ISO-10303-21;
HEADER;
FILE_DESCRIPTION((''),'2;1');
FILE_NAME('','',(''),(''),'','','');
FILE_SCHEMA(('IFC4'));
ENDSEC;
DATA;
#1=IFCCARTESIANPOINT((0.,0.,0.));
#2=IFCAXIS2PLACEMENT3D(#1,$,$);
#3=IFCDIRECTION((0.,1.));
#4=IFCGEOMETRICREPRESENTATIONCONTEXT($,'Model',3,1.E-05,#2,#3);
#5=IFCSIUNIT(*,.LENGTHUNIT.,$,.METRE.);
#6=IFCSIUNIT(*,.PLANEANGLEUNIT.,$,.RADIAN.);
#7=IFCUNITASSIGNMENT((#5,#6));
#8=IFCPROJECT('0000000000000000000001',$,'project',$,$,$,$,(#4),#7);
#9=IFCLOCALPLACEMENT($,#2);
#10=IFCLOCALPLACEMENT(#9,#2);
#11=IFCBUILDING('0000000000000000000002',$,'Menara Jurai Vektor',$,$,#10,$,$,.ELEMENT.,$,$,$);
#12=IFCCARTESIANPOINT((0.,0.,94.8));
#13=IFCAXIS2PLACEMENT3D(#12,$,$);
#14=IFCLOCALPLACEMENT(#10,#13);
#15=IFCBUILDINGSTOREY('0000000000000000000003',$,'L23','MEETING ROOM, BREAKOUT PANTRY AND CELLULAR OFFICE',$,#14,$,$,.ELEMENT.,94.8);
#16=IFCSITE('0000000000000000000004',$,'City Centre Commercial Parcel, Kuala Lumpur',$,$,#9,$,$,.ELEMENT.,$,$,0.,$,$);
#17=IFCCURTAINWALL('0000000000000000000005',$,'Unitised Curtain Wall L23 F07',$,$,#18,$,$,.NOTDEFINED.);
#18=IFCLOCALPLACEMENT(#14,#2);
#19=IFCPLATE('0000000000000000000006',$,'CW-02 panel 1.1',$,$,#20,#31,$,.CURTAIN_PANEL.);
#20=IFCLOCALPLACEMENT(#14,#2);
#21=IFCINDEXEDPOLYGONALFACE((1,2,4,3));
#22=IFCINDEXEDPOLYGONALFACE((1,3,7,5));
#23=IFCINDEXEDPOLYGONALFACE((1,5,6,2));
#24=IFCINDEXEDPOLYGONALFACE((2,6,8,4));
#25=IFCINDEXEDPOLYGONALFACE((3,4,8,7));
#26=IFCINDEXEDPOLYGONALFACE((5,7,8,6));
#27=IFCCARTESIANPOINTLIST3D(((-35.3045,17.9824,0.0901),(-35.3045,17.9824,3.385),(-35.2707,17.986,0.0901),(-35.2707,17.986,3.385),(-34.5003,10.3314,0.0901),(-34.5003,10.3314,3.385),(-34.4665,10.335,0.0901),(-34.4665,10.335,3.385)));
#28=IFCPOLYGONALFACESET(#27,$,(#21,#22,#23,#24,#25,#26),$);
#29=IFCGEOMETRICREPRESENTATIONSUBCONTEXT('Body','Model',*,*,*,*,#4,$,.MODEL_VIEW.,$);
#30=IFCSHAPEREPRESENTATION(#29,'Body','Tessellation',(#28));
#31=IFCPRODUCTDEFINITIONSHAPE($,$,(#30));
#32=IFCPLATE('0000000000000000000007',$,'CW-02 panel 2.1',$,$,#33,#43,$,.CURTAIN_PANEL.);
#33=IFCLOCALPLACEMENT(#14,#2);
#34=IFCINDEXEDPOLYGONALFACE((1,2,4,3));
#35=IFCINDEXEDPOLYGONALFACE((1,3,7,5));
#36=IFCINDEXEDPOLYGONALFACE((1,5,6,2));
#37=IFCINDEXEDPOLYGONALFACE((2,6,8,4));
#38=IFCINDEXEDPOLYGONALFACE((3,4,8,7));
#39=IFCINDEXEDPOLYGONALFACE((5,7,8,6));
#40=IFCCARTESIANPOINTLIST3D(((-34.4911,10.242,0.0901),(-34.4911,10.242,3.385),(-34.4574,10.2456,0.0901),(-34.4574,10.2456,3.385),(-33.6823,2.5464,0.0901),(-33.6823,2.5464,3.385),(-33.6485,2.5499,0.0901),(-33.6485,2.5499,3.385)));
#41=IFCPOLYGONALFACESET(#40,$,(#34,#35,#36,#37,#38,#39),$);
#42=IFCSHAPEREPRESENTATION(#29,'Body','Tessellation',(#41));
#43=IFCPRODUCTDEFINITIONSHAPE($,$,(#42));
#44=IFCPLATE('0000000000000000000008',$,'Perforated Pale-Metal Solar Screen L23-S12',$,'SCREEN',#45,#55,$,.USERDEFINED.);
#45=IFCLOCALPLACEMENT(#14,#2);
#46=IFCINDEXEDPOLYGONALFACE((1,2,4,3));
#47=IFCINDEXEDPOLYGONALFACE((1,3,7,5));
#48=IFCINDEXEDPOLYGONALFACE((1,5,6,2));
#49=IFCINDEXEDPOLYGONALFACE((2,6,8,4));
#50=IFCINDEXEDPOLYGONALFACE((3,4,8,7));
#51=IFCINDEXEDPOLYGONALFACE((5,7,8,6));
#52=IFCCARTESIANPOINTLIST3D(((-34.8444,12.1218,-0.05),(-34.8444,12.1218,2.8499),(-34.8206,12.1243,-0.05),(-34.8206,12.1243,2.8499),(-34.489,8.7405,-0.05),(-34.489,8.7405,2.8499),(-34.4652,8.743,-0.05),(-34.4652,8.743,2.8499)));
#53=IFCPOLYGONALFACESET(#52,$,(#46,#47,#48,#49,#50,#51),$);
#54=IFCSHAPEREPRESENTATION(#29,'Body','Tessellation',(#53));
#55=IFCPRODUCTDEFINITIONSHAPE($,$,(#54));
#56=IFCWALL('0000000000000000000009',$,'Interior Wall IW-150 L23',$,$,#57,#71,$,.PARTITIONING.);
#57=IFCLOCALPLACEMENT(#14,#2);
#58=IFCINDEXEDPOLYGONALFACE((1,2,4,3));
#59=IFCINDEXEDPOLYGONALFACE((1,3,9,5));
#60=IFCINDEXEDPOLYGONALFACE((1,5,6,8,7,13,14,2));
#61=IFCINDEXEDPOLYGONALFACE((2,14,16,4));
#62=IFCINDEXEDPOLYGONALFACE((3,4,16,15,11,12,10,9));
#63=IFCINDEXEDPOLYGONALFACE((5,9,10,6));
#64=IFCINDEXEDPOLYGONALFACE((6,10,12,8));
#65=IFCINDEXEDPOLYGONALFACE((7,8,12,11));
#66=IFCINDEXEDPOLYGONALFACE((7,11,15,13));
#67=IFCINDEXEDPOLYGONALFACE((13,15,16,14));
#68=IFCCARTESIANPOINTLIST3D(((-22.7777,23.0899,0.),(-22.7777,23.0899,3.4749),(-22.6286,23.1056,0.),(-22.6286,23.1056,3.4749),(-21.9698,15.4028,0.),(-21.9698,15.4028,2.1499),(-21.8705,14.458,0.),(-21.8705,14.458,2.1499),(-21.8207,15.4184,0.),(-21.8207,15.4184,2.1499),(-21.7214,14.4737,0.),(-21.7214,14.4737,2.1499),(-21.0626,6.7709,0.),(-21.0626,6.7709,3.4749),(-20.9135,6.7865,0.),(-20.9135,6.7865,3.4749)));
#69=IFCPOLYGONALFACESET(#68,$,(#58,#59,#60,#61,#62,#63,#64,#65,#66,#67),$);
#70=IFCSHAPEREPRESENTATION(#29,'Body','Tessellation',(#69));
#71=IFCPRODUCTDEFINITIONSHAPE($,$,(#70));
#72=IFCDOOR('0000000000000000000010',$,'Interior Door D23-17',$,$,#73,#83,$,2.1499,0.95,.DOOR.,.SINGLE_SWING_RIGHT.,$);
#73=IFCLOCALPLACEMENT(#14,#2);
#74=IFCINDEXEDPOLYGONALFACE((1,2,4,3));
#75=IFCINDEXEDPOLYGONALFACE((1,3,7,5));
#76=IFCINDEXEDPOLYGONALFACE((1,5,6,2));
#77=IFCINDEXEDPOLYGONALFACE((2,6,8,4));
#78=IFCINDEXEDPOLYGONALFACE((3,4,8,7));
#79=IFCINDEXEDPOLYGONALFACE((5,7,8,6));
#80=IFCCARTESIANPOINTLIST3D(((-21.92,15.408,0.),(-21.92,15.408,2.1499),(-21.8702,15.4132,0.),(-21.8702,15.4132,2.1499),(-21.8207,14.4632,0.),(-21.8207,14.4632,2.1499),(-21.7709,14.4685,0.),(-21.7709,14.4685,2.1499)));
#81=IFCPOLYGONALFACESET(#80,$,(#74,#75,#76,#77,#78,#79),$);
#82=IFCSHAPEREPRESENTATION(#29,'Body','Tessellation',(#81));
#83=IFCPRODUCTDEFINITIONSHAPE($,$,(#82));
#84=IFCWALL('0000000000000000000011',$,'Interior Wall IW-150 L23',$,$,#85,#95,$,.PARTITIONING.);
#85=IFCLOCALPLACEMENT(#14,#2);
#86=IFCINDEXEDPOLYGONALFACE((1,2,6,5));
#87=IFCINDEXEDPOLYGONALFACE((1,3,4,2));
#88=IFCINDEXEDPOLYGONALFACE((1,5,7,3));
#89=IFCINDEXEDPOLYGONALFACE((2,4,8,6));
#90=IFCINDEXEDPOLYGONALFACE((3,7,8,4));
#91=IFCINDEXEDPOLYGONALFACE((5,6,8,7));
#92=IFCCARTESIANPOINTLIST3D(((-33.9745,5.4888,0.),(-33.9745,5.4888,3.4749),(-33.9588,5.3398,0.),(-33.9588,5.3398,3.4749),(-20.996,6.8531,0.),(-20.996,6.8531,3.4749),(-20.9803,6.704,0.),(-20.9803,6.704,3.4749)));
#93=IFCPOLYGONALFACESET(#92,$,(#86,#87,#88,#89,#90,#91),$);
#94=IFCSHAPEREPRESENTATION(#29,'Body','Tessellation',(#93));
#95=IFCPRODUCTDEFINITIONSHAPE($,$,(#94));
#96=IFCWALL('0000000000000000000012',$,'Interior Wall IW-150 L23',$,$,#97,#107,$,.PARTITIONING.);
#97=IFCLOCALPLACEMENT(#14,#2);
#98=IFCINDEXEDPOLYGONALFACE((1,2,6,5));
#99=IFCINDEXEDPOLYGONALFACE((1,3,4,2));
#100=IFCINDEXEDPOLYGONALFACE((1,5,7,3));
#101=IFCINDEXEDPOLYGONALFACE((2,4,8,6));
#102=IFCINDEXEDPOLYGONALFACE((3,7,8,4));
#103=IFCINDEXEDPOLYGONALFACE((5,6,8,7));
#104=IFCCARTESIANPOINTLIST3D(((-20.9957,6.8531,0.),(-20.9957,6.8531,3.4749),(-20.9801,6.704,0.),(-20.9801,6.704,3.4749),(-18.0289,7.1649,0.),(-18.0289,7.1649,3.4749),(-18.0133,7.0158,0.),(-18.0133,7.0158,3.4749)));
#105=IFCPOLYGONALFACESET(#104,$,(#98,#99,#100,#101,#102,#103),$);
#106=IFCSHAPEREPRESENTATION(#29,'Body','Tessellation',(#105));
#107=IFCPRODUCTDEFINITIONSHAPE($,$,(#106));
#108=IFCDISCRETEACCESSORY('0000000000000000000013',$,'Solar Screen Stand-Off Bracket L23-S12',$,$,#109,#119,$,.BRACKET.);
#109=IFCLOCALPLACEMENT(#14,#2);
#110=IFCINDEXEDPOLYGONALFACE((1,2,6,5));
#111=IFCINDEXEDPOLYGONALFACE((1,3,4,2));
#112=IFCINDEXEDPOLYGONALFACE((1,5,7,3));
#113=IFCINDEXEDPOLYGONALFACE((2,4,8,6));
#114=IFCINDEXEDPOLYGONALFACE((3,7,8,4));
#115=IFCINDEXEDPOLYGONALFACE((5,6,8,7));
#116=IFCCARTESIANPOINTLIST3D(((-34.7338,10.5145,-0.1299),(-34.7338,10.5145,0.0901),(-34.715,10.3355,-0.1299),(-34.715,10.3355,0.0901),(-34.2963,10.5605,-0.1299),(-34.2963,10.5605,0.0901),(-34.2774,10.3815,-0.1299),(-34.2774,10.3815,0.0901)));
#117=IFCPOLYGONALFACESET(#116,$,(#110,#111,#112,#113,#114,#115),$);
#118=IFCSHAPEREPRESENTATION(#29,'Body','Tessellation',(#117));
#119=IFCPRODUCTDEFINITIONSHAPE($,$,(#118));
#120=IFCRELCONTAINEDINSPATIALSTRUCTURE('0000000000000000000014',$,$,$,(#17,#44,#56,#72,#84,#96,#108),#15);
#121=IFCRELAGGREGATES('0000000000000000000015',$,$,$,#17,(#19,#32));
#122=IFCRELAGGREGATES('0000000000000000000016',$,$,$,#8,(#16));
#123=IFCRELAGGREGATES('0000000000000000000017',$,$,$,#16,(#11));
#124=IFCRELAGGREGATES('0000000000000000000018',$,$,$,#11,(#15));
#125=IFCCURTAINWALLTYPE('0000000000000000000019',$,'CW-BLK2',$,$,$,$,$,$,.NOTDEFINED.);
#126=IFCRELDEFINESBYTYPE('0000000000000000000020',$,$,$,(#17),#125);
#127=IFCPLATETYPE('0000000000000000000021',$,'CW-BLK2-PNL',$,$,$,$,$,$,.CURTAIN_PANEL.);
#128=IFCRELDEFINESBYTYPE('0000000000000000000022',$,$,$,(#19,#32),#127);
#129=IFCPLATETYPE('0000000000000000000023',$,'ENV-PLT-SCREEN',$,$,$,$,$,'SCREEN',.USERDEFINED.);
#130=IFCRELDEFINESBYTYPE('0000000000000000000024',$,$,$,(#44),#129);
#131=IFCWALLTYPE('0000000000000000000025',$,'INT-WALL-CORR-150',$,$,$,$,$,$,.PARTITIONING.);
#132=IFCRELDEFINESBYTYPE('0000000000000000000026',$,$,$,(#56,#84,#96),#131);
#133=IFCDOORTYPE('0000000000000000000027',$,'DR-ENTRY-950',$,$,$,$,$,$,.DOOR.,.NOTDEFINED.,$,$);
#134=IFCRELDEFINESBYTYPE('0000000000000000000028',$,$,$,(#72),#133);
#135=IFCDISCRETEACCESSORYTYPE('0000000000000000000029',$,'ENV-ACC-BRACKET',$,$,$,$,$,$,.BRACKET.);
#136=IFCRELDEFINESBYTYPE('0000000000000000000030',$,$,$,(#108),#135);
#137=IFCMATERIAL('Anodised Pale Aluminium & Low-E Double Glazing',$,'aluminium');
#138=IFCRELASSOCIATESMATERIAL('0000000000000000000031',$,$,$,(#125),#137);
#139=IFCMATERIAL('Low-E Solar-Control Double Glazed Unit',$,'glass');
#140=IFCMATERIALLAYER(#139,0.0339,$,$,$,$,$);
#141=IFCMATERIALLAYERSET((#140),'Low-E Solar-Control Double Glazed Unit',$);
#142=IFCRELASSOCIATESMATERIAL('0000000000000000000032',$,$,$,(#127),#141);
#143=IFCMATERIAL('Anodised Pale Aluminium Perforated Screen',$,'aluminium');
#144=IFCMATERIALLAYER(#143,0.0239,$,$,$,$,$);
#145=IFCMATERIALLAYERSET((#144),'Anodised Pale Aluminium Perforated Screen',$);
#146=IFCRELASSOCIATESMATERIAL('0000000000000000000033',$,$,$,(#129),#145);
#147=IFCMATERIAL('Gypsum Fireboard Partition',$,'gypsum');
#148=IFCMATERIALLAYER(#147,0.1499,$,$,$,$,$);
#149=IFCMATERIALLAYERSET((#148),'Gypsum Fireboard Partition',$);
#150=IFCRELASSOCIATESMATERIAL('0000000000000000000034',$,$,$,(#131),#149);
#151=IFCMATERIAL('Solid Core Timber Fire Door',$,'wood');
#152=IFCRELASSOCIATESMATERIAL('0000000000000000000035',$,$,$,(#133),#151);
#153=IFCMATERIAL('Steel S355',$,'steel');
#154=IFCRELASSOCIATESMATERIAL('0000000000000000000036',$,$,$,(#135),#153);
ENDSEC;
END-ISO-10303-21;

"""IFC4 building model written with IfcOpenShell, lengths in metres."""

from ifc_helpers import new_model, si_unit, direction, frame, frame_2d, origin, origin_2d, place, context, subcontext, project, spatial, rectangle, extrude, material, layer, layer_set, type_object, element, fill, aggregate, save


model = new_model("IFC4")

# Units and contexts
model_context = context("Model", 3, precision=1e-05, world=origin(), true_north=direction((0.0, 1.0)))
body_context = subcontext(model_context, "Body", "Model", "MODEL_VIEW")
ifc_project = project(units=[si_unit("LENGTHUNIT", "METRE"), si_unit("PLANEANGLEUNIT", "RADIAN")], contexts=[model_context])

# Site, building, storey
site_placement = place(None, origin())
site = spatial("IfcSite", under=ifc_project, at=site_placement, Name="City Centre Commercial Parcel, Kuala Lumpur", CompositionType="ELEMENT", RefElevation=0.0)
building_placement = place(site_placement, origin())
building = spatial("IfcBuilding", under=site, at=building_placement, Name="Menara Jurai Vektor", CompositionType="ELEMENT")
storey_placement = place(building_placement, frame((0.0, 0.0, 94.8)))
storey = spatial("IfcBuildingStorey", under=building, at=storey_placement, Name="L23", Description="MEETING ROOM, BREAKOUT PANTRY AND CELLULAR OFFICE", CompositionType="ELEMENT", Elevation=94.8)

# Curtain wall
ifc_material_1 = material(Name="Anodised Pale Aluminium & Low-E Double Glazing", Category="aluminium")
curtain_wall_type = type_object("IfcCurtainWallType", Name="CW-BLK2", PredefinedType="NOTDEFINED", material=ifc_material_1)
curtain_wall_placement = place(storey_placement, origin())
curtain_wall = element("IfcCurtainWall", 1, at=curtain_wall_placement, inside=storey, type_object=curtain_wall_type, Name="Unitised Curtain Wall L23 F07", PredefinedType="NOTDEFINED")

# Shared definitions
ifc_material_2 = material(Name="Steel S355", Category="steel")

# Plates
ifc_material_3 = material(Name="Low-E Solar-Control Double Glazed Unit", Category="glass")
ifc_layer_1 = layer(ifc_material_3, 0.0339)
ifc_layer_set_1 = layer_set([ifc_layer_1], Name="Low-E Solar-Control Double Glazed Unit")
plate_type_1 = type_object("IfcPlateType", Name="CW-BLK2-PNL", PredefinedType="CURTAIN_PANEL", material=ifc_layer_set_1)
plate_1_placement = place(storey_placement, frame((-34.8855, 14.1587, 0.0901), z_axis=(0.0, 0.0, 1.0), x_axis=(0.10453, -0.994522, 0.0)))
plate_1 = element("IfcPlate", 2, at=plate_1_placement, type_object=plate_type_1, Name="CW-02 panel 1.1", PredefinedType="CURTAIN_PANEL", context=body_context, shape_type="SweptSolid", body=[
    extrude(rectangle(XDim=7.6931, YDim=0.0339, at=origin_2d()), origin(), (0.0, 0.0, 1.0), 3.2949),
])
plate_2_placement = place(storey_placement, frame((-34.0698, 6.396, 0.0901), z_axis=(0.0, 0.0, 1.0), x_axis=(0.10453, -0.994522, 0.0)))
plate_2 = element("IfcPlate", 3, at=plate_2_placement, type_object=plate_type_1, Name="CW-02 panel 2.1", PredefinedType="CURTAIN_PANEL", context=body_context, shape_type="SweptSolid", body=[
    extrude(rectangle(XDim=7.738, YDim=0.0339, at=origin_2d()), origin(), (0.0, 0.0, 1.0), 3.2949),
])
aggregate(curtain_wall, [plate_1, plate_2])
ifc_material_4 = material(Name="Anodised Pale Aluminium Perforated Screen", Category="aluminium")
ifc_layer_2 = layer(ifc_material_4, 0.0239)
ifc_layer_set_2 = layer_set([ifc_layer_2], Name="Anodised Pale Aluminium Perforated Screen")
plate_type_2 = type_object("IfcPlateType", Name="ENV-PLT-SCREEN", ElementType="SCREEN", PredefinedType="USERDEFINED", material=ifc_layer_set_2)
plate_3_placement = place(storey_placement, frame((-34.6548, 10.4324, -0.05), z_axis=(0.0, 0.0, 1.0), x_axis=(0.104528, -0.994522, 0.0)))
element("IfcPlate", 4, at=plate_3_placement, inside=storey, type_object=plate_type_2, Name="Perforated Pale-Metal Solar Screen L23-S12", ObjectType="SCREEN", PredefinedType="USERDEFINED", context=body_context, shape_type="SweptSolid", body=[
    extrude(rectangle(XDim=3.3999, YDim=0.0239, at=origin_2d()), origin(), (0.0, 0.0, 1.0), 2.8999),
])

# Wall, opening, door
ifc_material_5 = material(Name="Gypsum Fireboard Partition", Category="gypsum")
ifc_layer_3 = layer(ifc_material_5, 0.1499)
ifc_layer_set_3 = layer_set([ifc_layer_3], Name="Gypsum Fireboard Partition")
wall_type = type_object("IfcWallType", Name="INT-WALL-CORR-150", PredefinedType="PARTITIONING", material=ifc_layer_set_3)
wall_1_placement = place(storey_placement, frame((-20.988, 6.7786, 0.0), z_axis=(0.0, 0.0, 1.0), x_axis=(-0.104521, 0.994523, 0.0)))
wall_1 = element("IfcWall", 5, at=wall_1_placement, inside=storey, type_object=wall_type, Name="Interior Wall IW-150 L23", PredefinedType="PARTITIONING", context=body_context, shape_type="SweptSolid", body=[
    extrude(rectangle(XDim=16.4089, YDim=0.1499, at=frame_2d((8.2046, 0.0))), origin(), (0.0, 0.0, 1.0), 3.4749),
])
opening_placement = place(wall_1_placement, frame((7.7295, 0.0, 0.0)))
opening = element("IfcOpeningElement", 6, at=opening_placement, cuts=wall_1, PredefinedType="OPENING", context=body_context, shape_type="SweptSolid", body=[
    extrude(rectangle(XDim=0.95, YDim=2.1499, at=frame_2d((0.4751, 1.075))), frame((0.0, 0.085, 0.0), z_axis=(0.0, -1.0, 0.0), x_axis=(1.0, 0.0, 0.0)), (0.0, 0.0, 1.0), 0.1699),
])
ifc_material_6 = material(Name="Solid Core Timber Fire Door", Category="wood")
door_type = type_object("IfcDoorType", Name="DR-ENTRY-950", OperationType="NOTDEFINED", PredefinedType="DOOR", material=ifc_material_6)
door_placement = place(opening_placement, origin())
door = element("IfcDoor", 7, at=door_placement, inside=storey, type_object=door_type, Name="Interior Door D23-17", OperationType="SINGLE_SWING_RIGHT", OverallHeight=2.1499, OverallWidth=0.95, PredefinedType="DOOR", context=body_context, shape_type="SweptSolid", body=[
    extrude(rectangle(XDim=0.95, YDim=2.1499, at=frame_2d((0.4751, 1.075))), frame((0.0, 0.0249, 0.0), z_axis=(0.0, -1.0, 0.0), x_axis=(1.0, 0.0, 0.0)), (0.0, 0.0, 1.0), 0.05),
])
fill(opening, door)

# Walls
wall_2_placement = place(storey_placement, frame((-33.9666, 5.4143, 0.0), z_axis=(0.0, 0.0, 1.0), x_axis=(0.994521, 0.104541, 0.0)))
element("IfcWall", 8, at=wall_2_placement, inside=storey, type_object=wall_type, Name="Interior Wall IW-150 L23", PredefinedType="PARTITIONING", context=body_context, shape_type="SweptSolid", body=[
    extrude(rectangle(XDim=13.05, YDim=0.1499, at=frame_2d((6.5249, 0.0))), origin(), (0.0, 0.0, 1.0), 3.4749),
])
wall_3_placement = place(storey_placement, frame((-20.988, 6.7786, 0.0), z_axis=(0.0, 0.0, 1.0), x_axis=(0.994524, 0.10451, 0.0)))
element("IfcWall", 9, at=wall_3_placement, inside=storey, type_object=wall_type, Name="Interior Wall IW-150 L23", PredefinedType="PARTITIONING", context=body_context, shape_type="SweptSolid", body=[
    extrude(rectangle(XDim=2.9832, YDim=0.1499, at=frame_2d((1.4917, 0.0))), origin(), (0.0, 0.0, 1.0), 3.4749),
])

# Discrete accessory
discrete_accessory_type = type_object("IfcDiscreteAccessoryType", Name="ENV-ACC-BRACKET", PredefinedType="BRACKET", material=ifc_material_2)
discrete_accessory_placement = place(storey_placement, frame((-34.5056, 10.448, -0.1299), z_axis=(0.0, 0.0, 1.0), x_axis=(0.104528, -0.994522, 0.0)))
element("IfcDiscreteAccessory", 10, at=discrete_accessory_placement, inside=storey, type_object=discrete_accessory_type, Name="Solar Screen Stand-Off Bracket L23-S12", PredefinedType="BRACKET", context=body_context, shape_type="SweptSolid", body=[
    extrude(rectangle(XDim=0.1799, YDim=0.4399, at=origin_2d()), origin(), (0.0, 0.0, 1.0), 0.22),
])

save(model, "model.ifc")
